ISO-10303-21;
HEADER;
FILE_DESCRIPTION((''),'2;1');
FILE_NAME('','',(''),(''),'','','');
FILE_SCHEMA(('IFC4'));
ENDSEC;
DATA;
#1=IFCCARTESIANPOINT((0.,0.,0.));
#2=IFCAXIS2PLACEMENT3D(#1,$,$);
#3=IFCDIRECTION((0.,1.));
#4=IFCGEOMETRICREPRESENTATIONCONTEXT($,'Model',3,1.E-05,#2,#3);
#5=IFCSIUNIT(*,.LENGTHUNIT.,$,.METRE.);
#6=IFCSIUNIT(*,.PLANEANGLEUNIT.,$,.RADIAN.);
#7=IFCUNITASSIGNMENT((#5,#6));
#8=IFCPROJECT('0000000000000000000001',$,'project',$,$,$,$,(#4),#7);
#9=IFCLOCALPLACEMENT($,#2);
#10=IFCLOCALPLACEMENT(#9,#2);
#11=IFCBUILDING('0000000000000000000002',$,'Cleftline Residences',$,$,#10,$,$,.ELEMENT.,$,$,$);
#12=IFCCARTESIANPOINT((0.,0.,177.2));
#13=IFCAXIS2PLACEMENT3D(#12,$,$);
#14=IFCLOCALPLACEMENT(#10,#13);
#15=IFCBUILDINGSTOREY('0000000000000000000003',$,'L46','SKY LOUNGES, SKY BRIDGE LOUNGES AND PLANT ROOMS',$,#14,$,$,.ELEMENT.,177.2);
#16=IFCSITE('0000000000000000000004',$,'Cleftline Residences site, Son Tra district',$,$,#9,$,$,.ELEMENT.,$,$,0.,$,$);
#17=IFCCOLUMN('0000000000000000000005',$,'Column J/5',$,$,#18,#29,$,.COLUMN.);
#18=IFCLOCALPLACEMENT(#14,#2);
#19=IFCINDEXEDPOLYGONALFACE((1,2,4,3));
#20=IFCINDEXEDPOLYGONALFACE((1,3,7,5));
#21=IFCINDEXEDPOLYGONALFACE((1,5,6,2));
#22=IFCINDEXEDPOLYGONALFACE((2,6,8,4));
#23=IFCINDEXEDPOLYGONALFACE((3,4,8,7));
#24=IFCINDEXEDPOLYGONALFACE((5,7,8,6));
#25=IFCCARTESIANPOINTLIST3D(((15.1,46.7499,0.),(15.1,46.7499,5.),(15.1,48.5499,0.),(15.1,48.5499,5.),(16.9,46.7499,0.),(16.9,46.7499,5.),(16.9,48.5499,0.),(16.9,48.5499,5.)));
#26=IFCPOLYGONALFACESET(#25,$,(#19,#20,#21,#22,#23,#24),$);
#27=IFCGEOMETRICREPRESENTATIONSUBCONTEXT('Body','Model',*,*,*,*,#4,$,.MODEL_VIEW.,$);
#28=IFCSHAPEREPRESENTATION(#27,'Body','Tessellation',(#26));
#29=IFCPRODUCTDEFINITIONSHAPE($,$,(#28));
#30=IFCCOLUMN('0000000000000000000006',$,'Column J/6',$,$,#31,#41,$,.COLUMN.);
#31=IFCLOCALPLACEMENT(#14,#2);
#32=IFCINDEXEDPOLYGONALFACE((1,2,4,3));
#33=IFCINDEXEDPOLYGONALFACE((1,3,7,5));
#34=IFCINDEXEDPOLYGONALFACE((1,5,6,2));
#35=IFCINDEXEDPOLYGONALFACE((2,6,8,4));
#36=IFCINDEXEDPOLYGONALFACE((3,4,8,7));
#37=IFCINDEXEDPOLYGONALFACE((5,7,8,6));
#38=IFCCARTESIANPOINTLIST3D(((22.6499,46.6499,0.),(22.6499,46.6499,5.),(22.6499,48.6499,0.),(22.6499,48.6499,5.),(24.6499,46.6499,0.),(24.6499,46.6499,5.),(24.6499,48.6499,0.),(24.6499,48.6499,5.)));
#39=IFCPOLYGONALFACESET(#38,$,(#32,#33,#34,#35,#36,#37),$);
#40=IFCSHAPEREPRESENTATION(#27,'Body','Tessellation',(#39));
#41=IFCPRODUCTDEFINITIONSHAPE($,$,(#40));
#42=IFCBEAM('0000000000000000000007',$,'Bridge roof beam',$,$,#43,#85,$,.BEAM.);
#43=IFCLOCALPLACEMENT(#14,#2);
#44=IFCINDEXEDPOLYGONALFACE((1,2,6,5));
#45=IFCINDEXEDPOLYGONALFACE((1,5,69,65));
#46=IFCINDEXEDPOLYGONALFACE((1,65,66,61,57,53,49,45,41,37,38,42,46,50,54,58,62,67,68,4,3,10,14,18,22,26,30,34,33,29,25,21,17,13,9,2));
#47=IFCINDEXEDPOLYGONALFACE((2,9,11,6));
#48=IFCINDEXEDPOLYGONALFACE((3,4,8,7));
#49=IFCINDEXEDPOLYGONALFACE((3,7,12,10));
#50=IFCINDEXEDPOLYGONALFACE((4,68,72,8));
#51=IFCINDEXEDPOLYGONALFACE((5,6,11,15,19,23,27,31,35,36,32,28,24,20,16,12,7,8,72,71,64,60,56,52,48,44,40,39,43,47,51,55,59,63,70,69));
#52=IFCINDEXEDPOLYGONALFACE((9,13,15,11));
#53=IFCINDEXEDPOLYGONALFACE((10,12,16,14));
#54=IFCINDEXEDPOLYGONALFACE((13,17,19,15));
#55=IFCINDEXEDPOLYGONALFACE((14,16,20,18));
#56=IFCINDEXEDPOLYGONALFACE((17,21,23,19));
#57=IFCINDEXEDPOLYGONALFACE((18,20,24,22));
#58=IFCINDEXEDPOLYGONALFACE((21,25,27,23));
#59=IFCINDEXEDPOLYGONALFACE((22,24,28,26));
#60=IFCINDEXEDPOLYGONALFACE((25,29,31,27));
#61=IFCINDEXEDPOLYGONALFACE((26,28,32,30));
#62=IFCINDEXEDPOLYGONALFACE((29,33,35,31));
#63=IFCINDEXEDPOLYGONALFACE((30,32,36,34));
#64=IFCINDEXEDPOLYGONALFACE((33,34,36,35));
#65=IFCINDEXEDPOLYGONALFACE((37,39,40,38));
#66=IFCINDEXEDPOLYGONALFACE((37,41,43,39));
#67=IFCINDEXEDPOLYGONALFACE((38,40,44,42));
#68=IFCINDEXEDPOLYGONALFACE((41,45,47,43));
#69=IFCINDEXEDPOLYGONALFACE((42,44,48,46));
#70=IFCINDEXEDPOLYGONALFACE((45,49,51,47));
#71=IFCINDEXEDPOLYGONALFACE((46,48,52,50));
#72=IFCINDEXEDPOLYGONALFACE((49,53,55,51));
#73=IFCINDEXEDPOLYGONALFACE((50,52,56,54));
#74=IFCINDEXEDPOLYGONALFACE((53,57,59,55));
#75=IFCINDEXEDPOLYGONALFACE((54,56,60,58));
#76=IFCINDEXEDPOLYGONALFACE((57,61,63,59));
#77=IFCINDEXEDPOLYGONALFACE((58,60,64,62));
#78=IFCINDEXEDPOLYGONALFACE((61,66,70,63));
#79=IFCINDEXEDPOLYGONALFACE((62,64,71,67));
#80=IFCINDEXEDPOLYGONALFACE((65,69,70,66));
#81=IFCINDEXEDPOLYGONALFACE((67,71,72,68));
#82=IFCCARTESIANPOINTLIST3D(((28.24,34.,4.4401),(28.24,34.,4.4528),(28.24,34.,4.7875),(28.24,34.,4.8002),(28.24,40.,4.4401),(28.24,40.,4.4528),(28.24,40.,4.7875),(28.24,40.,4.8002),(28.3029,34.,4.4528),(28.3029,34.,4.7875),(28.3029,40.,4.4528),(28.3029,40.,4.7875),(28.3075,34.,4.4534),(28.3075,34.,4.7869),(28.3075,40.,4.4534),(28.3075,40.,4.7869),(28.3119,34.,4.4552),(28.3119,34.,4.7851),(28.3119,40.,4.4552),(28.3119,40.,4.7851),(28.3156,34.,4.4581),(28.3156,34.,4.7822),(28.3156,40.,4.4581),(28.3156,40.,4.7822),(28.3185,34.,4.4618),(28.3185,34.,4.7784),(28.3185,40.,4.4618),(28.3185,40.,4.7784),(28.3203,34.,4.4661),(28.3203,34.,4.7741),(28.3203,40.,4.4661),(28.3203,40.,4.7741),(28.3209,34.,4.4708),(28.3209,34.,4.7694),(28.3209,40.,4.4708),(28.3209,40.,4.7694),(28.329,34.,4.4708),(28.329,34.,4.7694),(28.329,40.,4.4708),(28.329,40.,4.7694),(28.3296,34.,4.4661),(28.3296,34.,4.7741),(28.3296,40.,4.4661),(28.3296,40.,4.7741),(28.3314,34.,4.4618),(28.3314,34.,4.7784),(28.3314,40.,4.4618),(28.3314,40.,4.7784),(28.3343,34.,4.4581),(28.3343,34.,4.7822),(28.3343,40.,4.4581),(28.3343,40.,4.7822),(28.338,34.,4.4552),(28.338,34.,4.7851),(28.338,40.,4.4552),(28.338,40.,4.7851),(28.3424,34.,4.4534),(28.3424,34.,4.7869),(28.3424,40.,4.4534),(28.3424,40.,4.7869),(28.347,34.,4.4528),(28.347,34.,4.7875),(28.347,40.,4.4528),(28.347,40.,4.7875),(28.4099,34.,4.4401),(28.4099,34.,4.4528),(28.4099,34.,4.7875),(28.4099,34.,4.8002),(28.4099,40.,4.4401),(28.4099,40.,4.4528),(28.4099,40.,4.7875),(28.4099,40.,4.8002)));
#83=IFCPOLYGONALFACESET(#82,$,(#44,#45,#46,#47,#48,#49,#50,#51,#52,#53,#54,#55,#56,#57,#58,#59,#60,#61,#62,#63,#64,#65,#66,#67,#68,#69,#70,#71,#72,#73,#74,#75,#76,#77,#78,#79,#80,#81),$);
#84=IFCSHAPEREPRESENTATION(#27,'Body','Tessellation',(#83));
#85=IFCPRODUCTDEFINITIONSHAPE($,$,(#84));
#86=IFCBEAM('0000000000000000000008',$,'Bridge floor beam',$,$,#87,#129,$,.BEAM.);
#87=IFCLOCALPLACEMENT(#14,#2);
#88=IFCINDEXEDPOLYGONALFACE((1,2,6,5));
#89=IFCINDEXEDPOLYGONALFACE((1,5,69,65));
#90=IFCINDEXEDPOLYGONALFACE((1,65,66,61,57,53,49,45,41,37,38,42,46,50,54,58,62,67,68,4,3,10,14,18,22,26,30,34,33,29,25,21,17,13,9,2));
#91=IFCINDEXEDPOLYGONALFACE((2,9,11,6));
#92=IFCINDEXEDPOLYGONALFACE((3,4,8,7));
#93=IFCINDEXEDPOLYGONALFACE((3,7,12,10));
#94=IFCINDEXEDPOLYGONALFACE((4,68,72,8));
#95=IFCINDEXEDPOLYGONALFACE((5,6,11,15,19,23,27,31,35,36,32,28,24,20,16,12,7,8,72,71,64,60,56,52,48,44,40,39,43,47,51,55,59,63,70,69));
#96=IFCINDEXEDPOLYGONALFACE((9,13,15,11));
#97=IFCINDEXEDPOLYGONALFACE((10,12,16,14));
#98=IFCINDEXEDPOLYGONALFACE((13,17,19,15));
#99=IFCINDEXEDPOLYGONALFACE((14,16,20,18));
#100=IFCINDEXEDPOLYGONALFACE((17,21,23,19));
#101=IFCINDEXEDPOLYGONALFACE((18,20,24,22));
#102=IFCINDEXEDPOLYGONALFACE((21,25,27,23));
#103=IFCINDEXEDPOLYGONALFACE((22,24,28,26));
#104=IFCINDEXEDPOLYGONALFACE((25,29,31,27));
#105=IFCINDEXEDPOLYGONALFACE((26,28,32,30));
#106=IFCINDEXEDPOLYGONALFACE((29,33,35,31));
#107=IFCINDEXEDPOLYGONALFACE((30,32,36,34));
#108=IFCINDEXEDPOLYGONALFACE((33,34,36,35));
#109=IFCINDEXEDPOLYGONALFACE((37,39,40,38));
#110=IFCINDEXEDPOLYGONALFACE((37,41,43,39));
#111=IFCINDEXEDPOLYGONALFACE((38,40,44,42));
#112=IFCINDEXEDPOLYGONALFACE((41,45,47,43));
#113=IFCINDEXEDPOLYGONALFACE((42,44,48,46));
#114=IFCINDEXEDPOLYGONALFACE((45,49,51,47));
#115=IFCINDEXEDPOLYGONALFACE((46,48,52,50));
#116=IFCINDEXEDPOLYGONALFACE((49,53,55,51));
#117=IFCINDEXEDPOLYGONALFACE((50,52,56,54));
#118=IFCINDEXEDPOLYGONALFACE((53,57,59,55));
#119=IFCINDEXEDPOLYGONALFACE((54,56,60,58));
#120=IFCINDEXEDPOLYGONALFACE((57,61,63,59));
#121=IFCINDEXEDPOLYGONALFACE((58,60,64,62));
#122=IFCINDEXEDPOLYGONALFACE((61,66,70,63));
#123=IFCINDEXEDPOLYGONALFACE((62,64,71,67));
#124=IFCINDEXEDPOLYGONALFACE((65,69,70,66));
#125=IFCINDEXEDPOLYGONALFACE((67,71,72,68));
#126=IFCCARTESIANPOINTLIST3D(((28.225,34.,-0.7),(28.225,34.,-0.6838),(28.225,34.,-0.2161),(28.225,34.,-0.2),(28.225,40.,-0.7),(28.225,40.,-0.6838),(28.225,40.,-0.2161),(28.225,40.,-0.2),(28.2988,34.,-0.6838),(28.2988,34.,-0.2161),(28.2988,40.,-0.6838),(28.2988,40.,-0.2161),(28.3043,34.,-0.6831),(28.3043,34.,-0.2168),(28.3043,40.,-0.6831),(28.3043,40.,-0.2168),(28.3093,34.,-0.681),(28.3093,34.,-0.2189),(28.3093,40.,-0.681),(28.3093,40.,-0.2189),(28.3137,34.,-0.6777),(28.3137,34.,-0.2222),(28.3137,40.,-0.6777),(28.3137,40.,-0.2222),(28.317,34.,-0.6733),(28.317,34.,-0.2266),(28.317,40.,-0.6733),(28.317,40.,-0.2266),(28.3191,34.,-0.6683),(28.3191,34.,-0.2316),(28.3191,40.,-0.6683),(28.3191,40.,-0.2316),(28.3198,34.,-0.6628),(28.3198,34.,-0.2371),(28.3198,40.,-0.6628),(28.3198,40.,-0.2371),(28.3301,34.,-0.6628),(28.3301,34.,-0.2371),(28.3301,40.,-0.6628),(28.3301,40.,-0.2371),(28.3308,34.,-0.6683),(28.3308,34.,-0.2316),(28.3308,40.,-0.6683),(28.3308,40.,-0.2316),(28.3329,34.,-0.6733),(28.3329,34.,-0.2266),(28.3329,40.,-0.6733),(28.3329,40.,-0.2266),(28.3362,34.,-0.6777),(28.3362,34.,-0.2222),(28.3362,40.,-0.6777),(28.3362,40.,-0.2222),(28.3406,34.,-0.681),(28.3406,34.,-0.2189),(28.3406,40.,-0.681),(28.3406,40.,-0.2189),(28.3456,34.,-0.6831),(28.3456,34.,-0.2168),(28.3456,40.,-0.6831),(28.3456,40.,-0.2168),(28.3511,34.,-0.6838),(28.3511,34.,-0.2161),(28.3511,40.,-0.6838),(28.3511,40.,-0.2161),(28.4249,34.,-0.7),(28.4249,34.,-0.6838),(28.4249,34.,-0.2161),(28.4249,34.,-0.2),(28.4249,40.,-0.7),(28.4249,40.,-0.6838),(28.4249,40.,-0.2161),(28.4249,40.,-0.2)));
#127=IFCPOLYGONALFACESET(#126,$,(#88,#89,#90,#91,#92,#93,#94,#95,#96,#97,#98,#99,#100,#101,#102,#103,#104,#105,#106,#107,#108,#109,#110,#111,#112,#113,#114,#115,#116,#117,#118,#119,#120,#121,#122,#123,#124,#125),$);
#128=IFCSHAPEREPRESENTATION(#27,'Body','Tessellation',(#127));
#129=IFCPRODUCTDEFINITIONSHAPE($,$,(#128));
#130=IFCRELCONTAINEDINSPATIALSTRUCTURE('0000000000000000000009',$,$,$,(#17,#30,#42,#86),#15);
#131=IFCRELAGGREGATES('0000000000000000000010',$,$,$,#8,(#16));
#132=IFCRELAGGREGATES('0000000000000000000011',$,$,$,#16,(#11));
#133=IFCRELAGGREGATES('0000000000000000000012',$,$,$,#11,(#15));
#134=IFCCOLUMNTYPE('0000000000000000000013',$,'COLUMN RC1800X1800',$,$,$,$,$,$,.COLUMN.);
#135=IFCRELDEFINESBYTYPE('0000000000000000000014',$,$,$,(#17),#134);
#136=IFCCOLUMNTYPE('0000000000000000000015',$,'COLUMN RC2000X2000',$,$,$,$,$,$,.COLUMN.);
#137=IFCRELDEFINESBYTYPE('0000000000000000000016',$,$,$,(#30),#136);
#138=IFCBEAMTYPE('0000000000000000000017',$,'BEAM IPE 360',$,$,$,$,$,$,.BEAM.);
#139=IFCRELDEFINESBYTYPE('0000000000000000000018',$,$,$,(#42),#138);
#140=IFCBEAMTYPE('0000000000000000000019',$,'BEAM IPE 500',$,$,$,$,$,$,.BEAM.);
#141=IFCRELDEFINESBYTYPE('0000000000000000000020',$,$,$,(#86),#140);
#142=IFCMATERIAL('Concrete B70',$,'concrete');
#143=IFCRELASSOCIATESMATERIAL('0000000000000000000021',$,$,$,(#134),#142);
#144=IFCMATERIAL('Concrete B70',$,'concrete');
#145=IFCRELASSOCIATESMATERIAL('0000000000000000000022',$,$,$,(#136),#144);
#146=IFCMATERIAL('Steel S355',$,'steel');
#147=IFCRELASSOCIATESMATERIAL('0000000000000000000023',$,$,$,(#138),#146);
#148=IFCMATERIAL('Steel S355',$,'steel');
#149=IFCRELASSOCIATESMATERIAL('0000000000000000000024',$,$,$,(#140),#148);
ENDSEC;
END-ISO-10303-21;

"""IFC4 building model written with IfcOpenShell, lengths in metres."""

from ifc_helpers import new_model, si_unit, direction, frame, origin, origin_2d, place, context, subcontext, project, spatial, rectangle, i_section, extrude, material, material_profile, profile_set, type_object, element, save


model = new_model("IFC4")

# Units and contexts
model_context = context("Model", 3, precision=1e-05, world=origin(), true_north=direction((0.0, 1.0)))
body_context = subcontext(model_context, "Body", "Model", "MODEL_VIEW")
ifc_project = project(units=[si_unit("LENGTHUNIT", "METRE"), si_unit("PLANEANGLEUNIT", "RADIAN")], contexts=[model_context])

# Site, building, storey
site_placement = place(None, origin())
site = spatial("IfcSite", under=ifc_project, at=site_placement, Name="Cleftline Residences site, Son Tra district", CompositionType="ELEMENT", RefElevation=0.0)
building_placement = place(site_placement, origin())
building = spatial("IfcBuilding", under=site, at=building_placement, Name="Cleftline Residences", CompositionType="ELEMENT")
storey_placement = place(building_placement, frame((0.0, 0.0, 177.2)))
storey = spatial("IfcBuildingStorey", under=building, at=storey_placement, Name="L46", Description="SKY LOUNGES, SKY BRIDGE LOUNGES AND PLANT ROOMS", CompositionType="ELEMENT", Elevation=177.2)

# Columns
ifc_material_1 = material(Name="Concrete B70", Category="concrete")
ifc_material_profile_1 = material_profile(ifc_material_1, rectangle(XDim=1.8, YDim=1.8, at=origin_2d()))
ifc_profile_set_1 = profile_set([ifc_material_profile_1], Name="Concrete B70")
column_type_1 = type_object("IfcColumnType", Name="COLUMN RC1800X1800", PredefinedType="COLUMN", material=ifc_profile_set_1)
column_1_placement = place(storey_placement, frame((16.0, 47.6499, 0.0), z_axis=(0.0, 0.0, 1.0), x_axis=(1.0, 0.0, 0.0)))
element("IfcColumn", 1, at=column_1_placement, inside=storey, type_object=column_type_1, Name="Column J/5", PredefinedType="COLUMN", context=body_context, shape_type="SweptSolid", body=[
    extrude(rectangle(XDim=1.8, YDim=1.8, at=origin_2d()), origin(), (0.0, 0.0, 1.0), 5.0),
])
ifc_material_2 = material(Name="Concrete B70", Category="concrete")
ifc_material_profile_2 = material_profile(ifc_material_2, rectangle(XDim=2.0, YDim=2.0, at=origin_2d()))
ifc_profile_set_2 = profile_set([ifc_material_profile_2], Name="Concrete B70")
column_type_2 = type_object("IfcColumnType", Name="COLUMN RC2000X2000", PredefinedType="COLUMN", material=ifc_profile_set_2)
column_2_placement = place(storey_placement, frame((23.6499, 47.6499, 0.0), z_axis=(0.0, 0.0, 1.0), x_axis=(1.0, 0.0, 0.0)))
element("IfcColumn", 2, at=column_2_placement, inside=storey, type_object=column_type_2, Name="Column J/6", PredefinedType="COLUMN", context=body_context, shape_type="SweptSolid", body=[
    extrude(rectangle(XDim=2.0, YDim=2.0, at=origin_2d()), origin(), (0.0, 0.0, 1.0), 5.0),
])

# Beams
ifc_material_3 = material(Name="Steel S355", Category="steel")
ifc_material_profile_3 = material_profile(ifc_material_3, i_section(OverallWidth=0.1699, OverallDepth=0.3601, WebThickness=0.0081, FlangeThickness=0.0127, FilletRadius=0.0181, at=origin_2d()))
ifc_profile_set_3 = profile_set([ifc_material_profile_3], Name="Steel S355")
beam_type_1 = type_object("IfcBeamType", Name="BEAM IPE 360", PredefinedType="BEAM", material=ifc_profile_set_3)
beam_1_placement = place(storey_placement, frame((28.325, 40.0, 4.6201), z_axis=(0.0, -1.0, 0.0), x_axis=(1.0, 0.0, 0.0)))
element("IfcBeam", 3, at=beam_1_placement, inside=storey, type_object=beam_type_1, Name="Bridge roof beam", PredefinedType="BEAM", context=body_context, shape_type="SweptSolid", body=[
    extrude(i_section(OverallWidth=0.1699, OverallDepth=0.3601, WebThickness=0.0081, FlangeThickness=0.0127, FilletRadius=0.0181, at=origin_2d()), origin(), (0.0, 0.0, 1.0), 6.0),
])
ifc_material_4 = material(Name="Steel S355", Category="steel")
ifc_material_profile_4 = material_profile(ifc_material_4, i_section(OverallWidth=0.2, OverallDepth=0.5, WebThickness=0.0103, FlangeThickness=0.0161, FilletRadius=0.021, at=origin_2d()))
ifc_profile_set_4 = profile_set([ifc_material_profile_4], Name="Steel S355")
beam_type_2 = type_object("IfcBeamType", Name="BEAM IPE 500", PredefinedType="BEAM", material=ifc_profile_set_4)
beam_2_placement = place(storey_placement, frame((28.325, 40.0, -0.45), z_axis=(0.0, -1.0, 0.0), x_axis=(1.0, 0.0, 0.0)))
element("IfcBeam", 4, at=beam_2_placement, inside=storey, type_object=beam_type_2, Name="Bridge floor beam", PredefinedType="BEAM", context=body_context, shape_type="SweptSolid", body=[
    extrude(i_section(OverallWidth=0.2, OverallDepth=0.5, WebThickness=0.0103, FlangeThickness=0.0161, FilletRadius=0.021, at=origin_2d()), origin(), (0.0, 0.0, 1.0), 6.0),
])

save(model, "model.ifc")
